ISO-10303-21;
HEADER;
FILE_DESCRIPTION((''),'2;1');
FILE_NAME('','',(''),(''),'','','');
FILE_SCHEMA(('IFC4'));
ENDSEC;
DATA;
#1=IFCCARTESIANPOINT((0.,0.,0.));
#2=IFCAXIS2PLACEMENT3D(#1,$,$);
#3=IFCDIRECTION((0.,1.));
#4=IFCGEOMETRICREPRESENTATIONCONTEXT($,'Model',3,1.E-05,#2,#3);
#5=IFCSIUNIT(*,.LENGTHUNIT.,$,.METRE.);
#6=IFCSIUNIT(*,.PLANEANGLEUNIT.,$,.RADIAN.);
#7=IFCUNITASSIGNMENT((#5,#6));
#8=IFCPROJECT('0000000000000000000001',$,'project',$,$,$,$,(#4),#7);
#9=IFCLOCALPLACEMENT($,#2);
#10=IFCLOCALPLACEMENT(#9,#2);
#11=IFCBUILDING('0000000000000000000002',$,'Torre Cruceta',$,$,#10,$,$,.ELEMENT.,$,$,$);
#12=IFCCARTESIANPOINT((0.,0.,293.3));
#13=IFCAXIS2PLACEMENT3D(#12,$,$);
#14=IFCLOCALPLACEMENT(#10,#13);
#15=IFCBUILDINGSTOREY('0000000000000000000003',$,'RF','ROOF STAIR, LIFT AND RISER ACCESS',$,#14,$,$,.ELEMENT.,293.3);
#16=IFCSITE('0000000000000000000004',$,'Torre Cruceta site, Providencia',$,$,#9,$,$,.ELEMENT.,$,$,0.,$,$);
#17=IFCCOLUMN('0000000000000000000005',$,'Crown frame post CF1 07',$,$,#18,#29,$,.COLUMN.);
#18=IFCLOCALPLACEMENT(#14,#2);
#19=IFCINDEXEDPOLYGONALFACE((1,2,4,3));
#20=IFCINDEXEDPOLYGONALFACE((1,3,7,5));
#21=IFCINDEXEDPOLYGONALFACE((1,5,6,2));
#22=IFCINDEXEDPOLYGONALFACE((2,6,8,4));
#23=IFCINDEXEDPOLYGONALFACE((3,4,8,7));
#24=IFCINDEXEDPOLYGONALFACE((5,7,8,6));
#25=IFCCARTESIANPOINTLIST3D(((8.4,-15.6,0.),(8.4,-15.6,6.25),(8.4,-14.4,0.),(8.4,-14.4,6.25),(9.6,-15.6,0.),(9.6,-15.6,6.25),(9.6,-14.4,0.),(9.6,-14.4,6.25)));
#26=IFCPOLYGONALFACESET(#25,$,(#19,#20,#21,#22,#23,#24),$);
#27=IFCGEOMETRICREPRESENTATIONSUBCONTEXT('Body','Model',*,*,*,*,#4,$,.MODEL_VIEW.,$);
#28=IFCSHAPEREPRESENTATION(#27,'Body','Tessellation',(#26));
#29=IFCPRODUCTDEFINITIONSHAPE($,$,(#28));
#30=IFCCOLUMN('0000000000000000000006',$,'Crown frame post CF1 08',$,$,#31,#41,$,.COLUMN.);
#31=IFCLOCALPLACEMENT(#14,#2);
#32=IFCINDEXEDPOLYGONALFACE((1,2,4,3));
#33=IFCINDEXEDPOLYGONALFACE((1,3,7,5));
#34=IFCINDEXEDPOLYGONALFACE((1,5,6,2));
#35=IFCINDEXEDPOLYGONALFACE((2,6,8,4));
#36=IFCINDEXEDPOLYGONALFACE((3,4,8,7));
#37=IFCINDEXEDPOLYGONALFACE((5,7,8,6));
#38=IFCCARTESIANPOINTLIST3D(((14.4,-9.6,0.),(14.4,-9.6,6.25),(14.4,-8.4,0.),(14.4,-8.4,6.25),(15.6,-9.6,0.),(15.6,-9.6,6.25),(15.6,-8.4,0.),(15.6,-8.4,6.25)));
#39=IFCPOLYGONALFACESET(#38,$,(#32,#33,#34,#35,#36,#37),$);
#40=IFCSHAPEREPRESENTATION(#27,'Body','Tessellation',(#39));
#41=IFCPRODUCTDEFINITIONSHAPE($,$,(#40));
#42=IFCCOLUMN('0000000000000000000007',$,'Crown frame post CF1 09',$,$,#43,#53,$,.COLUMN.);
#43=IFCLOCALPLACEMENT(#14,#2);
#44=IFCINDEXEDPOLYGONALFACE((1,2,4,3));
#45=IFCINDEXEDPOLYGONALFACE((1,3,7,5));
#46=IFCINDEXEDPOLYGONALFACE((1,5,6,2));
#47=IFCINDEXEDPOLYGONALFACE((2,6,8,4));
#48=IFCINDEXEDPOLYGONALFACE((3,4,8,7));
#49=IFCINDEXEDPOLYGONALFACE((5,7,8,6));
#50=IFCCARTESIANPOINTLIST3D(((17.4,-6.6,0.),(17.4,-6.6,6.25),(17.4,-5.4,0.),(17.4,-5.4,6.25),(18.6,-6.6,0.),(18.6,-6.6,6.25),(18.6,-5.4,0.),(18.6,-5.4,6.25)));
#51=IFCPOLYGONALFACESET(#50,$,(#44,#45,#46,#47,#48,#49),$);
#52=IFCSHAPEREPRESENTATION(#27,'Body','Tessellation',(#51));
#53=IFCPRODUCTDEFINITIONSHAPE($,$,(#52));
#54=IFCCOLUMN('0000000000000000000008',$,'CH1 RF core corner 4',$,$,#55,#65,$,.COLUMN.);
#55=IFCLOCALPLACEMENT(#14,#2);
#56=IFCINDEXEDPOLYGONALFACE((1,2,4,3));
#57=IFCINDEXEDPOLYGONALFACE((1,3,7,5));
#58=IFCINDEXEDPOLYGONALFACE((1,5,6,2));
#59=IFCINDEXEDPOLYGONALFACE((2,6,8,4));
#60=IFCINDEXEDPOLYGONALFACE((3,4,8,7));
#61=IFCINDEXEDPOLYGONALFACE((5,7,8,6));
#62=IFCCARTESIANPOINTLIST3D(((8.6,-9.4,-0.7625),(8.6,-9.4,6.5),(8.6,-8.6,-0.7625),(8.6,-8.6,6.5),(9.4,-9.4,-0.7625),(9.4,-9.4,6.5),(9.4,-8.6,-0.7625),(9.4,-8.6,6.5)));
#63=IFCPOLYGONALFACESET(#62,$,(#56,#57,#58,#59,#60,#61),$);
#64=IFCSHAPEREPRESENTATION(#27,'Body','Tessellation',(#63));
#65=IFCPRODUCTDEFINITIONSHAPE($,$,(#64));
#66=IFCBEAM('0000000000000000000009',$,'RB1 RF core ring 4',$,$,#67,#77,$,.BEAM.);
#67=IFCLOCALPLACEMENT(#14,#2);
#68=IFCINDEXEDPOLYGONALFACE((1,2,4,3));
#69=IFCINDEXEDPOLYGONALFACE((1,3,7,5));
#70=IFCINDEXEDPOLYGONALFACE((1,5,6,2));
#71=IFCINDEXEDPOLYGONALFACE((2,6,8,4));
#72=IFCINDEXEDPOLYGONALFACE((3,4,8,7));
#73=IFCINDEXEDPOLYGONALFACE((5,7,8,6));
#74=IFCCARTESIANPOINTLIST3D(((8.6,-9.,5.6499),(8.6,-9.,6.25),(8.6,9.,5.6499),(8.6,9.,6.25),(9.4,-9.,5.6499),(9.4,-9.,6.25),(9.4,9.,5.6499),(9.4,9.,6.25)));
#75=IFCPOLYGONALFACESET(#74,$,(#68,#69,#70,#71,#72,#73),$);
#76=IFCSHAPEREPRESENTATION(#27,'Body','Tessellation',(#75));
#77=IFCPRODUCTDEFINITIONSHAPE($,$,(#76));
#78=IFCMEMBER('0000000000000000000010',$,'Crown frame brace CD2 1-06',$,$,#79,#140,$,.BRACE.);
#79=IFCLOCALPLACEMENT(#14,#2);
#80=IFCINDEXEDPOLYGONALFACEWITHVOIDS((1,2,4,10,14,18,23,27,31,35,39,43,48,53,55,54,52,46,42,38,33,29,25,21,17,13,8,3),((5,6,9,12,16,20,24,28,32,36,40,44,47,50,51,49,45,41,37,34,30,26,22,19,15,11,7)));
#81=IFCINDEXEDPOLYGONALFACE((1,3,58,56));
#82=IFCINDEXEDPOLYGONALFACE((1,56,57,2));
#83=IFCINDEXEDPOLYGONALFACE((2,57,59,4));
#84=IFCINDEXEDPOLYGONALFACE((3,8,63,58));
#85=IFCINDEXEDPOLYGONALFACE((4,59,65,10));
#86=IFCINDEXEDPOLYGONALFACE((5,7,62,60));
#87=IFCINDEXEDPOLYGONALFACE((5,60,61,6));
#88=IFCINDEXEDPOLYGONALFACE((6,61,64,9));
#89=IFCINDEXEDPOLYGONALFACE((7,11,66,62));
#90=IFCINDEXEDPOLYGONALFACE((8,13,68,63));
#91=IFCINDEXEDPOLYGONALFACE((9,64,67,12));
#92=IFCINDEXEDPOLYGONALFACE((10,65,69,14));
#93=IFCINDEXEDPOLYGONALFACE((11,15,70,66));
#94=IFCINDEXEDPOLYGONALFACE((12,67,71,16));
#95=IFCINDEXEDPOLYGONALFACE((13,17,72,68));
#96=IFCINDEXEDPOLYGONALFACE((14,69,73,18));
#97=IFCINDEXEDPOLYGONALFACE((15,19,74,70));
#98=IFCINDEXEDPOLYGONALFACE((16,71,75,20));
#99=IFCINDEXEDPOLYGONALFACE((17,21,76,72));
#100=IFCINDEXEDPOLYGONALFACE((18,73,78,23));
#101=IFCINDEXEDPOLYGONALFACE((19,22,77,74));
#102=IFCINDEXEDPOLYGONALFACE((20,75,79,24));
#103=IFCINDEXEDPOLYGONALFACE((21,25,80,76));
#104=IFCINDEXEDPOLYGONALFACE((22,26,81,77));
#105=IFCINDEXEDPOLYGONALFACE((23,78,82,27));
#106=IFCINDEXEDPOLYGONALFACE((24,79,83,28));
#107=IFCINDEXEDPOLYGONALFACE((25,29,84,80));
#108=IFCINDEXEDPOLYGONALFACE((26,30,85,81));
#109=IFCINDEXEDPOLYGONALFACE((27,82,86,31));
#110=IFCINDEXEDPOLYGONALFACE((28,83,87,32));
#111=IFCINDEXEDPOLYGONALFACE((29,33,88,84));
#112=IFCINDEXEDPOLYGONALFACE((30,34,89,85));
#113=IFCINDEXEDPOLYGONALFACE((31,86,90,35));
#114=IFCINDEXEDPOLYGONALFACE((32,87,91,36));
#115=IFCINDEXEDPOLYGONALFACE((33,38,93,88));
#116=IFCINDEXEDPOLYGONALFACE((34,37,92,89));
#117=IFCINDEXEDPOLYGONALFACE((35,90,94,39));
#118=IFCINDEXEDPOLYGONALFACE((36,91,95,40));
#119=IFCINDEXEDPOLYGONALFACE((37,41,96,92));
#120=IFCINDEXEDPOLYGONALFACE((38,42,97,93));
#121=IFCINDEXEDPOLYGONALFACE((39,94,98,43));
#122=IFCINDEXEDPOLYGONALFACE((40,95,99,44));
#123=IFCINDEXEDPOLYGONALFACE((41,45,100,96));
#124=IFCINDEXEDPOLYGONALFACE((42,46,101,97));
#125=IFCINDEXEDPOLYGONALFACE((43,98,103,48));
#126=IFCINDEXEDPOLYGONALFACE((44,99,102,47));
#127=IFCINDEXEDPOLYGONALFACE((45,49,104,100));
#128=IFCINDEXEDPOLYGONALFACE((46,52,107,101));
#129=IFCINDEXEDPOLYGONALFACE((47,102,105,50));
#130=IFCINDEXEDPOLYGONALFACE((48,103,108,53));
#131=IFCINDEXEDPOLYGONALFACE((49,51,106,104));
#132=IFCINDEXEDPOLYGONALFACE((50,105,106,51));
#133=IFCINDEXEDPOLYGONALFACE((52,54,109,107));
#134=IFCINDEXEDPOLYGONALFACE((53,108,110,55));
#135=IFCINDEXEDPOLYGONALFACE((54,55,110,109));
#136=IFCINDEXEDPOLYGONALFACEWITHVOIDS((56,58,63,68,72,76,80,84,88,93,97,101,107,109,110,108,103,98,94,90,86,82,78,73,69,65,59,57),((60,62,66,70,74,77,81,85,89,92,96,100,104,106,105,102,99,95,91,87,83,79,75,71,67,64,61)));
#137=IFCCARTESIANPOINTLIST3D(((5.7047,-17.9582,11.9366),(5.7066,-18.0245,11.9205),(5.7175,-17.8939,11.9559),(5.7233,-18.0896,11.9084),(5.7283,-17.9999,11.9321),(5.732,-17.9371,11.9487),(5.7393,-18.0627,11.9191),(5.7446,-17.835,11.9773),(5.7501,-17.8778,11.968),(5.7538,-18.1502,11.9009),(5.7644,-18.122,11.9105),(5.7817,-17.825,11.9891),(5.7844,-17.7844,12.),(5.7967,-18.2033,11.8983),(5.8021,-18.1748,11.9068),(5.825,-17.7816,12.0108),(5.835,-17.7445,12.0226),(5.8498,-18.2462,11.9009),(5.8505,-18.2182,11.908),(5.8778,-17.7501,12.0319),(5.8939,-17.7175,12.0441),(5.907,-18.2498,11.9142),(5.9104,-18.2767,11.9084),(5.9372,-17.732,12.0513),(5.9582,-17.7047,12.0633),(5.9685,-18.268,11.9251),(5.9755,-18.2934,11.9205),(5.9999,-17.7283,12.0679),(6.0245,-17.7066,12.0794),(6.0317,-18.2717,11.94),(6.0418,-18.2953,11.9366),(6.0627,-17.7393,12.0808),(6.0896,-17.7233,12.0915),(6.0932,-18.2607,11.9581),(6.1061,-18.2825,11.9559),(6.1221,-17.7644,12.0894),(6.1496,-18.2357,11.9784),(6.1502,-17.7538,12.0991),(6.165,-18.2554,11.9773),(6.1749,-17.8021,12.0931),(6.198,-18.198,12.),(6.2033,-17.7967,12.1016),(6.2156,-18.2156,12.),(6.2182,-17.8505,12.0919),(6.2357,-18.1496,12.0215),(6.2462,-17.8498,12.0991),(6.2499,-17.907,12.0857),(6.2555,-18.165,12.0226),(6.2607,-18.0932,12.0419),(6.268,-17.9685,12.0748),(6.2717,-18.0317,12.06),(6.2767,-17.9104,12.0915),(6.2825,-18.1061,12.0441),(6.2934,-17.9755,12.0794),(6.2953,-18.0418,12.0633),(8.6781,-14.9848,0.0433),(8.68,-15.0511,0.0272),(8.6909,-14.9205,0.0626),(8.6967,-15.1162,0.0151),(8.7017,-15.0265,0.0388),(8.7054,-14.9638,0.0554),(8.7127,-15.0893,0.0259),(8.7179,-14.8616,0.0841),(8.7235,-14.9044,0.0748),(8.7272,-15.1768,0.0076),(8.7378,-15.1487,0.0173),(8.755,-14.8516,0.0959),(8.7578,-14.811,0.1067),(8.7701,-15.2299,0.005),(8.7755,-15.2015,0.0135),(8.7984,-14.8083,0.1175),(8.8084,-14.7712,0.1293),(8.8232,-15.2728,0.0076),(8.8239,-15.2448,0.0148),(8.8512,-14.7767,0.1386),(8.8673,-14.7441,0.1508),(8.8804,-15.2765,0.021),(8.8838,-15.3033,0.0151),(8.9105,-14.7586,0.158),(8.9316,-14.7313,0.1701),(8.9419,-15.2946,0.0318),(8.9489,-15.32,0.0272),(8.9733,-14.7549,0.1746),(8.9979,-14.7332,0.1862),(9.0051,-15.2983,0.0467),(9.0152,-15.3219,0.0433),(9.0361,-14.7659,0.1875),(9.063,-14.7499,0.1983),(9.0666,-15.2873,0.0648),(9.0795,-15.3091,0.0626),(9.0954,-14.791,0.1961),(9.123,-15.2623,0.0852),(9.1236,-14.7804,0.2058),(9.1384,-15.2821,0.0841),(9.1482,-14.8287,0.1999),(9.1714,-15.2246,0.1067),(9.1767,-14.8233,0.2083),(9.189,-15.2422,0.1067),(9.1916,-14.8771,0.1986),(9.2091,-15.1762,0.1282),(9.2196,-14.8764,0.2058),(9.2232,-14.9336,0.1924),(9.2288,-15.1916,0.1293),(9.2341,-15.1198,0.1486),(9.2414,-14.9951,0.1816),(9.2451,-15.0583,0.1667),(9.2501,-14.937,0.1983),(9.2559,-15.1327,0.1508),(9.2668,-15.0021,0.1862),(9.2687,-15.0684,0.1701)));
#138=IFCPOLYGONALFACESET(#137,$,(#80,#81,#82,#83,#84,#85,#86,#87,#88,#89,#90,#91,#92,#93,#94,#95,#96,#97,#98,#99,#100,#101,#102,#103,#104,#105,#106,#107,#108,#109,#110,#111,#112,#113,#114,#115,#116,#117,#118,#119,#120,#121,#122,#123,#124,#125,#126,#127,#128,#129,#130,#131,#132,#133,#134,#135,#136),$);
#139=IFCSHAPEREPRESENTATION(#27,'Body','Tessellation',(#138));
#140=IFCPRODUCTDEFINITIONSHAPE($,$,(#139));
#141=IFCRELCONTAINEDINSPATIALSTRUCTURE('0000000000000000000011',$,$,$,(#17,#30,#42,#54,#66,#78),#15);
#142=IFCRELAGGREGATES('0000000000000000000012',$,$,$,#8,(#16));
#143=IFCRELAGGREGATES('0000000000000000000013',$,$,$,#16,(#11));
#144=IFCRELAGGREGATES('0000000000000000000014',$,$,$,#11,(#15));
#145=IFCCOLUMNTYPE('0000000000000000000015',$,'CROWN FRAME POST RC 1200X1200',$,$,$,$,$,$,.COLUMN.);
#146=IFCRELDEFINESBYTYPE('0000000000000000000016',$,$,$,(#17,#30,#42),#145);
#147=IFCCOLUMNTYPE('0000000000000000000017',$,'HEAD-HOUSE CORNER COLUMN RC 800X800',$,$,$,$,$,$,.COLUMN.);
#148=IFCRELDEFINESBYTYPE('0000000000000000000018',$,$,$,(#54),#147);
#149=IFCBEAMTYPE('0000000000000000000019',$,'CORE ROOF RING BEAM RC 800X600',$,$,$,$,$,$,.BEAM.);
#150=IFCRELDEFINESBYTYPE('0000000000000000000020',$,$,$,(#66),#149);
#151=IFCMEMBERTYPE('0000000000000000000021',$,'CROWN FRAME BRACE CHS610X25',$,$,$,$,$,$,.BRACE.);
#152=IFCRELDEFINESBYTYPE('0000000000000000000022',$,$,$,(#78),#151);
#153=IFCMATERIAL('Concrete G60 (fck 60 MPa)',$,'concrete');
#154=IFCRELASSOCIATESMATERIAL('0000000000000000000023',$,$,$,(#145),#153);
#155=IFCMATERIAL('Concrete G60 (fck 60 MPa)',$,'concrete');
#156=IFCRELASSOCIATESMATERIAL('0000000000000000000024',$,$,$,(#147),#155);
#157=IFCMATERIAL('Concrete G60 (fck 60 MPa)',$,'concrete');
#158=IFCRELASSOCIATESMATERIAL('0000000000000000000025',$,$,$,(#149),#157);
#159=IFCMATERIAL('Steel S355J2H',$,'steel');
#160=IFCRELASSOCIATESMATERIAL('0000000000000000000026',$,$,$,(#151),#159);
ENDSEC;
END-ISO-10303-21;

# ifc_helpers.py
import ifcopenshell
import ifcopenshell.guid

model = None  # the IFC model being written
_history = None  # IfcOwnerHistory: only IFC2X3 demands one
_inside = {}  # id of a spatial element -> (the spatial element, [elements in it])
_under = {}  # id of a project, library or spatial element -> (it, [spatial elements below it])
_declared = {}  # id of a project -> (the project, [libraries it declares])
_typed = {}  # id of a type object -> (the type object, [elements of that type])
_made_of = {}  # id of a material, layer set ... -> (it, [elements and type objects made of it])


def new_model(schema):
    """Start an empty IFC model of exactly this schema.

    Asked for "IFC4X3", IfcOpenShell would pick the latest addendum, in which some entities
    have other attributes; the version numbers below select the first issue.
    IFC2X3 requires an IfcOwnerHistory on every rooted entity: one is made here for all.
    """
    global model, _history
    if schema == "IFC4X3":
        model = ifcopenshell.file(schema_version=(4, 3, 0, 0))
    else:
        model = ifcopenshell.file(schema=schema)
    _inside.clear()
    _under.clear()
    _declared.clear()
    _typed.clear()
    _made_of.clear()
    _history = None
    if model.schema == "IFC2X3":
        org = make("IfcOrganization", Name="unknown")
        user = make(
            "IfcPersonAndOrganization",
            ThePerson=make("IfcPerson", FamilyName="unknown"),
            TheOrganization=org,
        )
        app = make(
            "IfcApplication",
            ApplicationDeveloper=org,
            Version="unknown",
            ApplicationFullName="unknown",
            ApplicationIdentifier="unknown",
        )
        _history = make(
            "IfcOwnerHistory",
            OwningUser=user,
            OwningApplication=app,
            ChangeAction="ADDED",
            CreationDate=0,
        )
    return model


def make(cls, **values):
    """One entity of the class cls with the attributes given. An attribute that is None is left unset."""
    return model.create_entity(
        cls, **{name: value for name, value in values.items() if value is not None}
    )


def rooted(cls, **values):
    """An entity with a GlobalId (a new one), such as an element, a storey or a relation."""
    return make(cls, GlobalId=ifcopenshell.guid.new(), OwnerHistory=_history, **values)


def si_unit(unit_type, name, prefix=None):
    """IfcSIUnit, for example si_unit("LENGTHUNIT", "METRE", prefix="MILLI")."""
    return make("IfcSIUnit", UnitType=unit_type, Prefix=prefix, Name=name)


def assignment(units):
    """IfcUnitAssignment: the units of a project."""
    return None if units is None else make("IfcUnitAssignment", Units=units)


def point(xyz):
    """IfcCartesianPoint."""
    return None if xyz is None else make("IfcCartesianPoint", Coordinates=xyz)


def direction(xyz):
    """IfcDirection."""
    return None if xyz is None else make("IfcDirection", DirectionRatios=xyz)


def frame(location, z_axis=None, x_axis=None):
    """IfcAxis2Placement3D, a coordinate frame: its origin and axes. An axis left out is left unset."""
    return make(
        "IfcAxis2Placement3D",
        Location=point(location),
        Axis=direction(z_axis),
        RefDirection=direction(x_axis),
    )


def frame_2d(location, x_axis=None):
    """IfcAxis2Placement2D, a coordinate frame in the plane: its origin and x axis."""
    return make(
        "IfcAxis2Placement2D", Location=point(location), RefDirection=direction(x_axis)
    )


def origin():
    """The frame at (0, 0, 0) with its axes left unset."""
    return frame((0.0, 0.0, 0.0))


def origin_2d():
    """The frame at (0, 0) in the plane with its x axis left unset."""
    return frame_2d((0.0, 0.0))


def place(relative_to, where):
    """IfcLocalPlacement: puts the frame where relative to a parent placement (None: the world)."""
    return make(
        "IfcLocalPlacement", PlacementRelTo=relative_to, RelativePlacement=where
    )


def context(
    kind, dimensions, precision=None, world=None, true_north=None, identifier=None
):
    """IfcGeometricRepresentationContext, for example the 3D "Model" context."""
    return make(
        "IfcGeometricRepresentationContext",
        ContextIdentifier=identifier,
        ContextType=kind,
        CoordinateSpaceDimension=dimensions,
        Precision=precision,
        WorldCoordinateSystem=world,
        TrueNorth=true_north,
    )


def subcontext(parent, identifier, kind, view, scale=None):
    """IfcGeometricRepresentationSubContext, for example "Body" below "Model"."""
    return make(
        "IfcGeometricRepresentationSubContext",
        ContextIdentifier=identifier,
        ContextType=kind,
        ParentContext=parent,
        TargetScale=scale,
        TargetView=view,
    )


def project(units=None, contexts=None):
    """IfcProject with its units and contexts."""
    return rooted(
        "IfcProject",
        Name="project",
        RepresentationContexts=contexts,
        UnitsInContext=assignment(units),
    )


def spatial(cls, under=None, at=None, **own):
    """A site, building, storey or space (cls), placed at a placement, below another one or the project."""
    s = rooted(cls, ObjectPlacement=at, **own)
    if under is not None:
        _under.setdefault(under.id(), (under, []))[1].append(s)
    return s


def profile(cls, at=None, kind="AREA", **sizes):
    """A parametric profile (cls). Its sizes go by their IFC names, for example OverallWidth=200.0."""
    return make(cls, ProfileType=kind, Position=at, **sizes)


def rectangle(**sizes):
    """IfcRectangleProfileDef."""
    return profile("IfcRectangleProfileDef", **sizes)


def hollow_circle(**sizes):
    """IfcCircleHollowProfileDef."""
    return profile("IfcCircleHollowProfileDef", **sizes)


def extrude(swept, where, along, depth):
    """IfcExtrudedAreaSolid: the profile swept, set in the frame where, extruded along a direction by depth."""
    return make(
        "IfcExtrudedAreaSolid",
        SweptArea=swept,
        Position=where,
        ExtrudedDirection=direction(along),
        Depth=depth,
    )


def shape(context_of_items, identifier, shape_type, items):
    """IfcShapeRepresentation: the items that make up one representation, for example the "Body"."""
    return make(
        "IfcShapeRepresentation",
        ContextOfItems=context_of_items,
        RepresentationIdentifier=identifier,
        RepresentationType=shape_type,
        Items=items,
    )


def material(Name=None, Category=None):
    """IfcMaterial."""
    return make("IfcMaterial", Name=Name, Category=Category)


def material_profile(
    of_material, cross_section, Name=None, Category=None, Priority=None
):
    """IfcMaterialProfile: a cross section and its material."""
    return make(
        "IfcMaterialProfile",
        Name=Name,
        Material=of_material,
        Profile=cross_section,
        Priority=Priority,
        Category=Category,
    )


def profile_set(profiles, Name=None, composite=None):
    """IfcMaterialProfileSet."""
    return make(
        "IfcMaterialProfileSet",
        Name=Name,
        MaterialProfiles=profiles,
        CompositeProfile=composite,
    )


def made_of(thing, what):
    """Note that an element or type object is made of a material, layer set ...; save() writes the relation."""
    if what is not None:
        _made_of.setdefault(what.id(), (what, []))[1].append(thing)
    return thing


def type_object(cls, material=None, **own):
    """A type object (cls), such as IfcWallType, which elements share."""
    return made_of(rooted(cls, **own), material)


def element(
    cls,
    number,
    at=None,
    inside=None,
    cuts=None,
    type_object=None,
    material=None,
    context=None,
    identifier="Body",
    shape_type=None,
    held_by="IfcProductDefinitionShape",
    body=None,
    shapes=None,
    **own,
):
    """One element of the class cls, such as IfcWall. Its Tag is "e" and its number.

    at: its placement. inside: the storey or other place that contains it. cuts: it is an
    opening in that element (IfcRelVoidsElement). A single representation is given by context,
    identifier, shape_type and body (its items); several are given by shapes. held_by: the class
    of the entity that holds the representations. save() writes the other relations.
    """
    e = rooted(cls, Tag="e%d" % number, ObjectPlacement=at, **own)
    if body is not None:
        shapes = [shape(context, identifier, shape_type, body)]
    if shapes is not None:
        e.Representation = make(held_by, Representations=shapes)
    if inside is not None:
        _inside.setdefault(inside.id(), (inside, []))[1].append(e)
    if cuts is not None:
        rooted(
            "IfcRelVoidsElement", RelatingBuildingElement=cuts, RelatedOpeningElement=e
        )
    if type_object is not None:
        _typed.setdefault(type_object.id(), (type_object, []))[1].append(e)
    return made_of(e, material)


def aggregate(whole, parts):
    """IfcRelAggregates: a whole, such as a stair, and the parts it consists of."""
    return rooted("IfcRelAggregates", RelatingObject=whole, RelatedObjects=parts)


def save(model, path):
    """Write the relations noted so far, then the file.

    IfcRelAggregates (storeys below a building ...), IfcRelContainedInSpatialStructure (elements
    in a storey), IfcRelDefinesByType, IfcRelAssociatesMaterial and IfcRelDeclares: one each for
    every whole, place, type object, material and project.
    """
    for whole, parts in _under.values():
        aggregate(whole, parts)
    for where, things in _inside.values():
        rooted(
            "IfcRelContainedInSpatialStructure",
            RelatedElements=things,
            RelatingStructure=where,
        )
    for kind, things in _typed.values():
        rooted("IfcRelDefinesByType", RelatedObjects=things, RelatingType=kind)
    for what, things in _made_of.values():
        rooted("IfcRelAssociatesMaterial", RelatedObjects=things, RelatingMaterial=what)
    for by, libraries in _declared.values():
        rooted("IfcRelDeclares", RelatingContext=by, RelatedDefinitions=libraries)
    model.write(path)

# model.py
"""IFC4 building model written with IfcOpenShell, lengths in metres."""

from ifc_helpers import new_model, si_unit, direction, frame, origin, origin_2d, place, context, subcontext, project, spatial, rectangle, hollow_circle, extrude, material, material_profile, profile_set, type_object, element, save


model = new_model("IFC4")

# Units and contexts
model_context = context("Model", 3, precision=1e-05, world=origin(), true_north=direction((0.0, 1.0)))
body_context = subcontext(model_context, "Body", "Model", "MODEL_VIEW")
ifc_project = project(units=[si_unit("LENGTHUNIT", "METRE"), si_unit("PLANEANGLEUNIT", "RADIAN")], contexts=[model_context])

# Site, building, storey
site_placement = place(None, origin())
site = spatial("IfcSite", under=ifc_project, at=site_placement, Name="Torre Cruceta site, Providencia", CompositionType="ELEMENT", RefElevation=0.0)
building_placement = place(site_placement, origin())
building = spatial("IfcBuilding", under=site, at=building_placement, Name="Torre Cruceta", CompositionType="ELEMENT")
storey_placement = place(building_placement, frame((0.0, 0.0, 293.3)))
storey = spatial("IfcBuildingStorey", under=building, at=storey_placement, Name="RF", Description="ROOF STAIR, LIFT AND RISER ACCESS", CompositionType="ELEMENT", Elevation=293.3)

# Columns
ifc_material_1 = material(Name="Concrete G60 (fck 60 MPa)", Category="concrete")
ifc_material_profile_1 = material_profile(ifc_material_1, rectangle(XDim=1.2, YDim=1.2, at=origin_2d()), Name="RC 1200X1200")
ifc_profile_set_1 = profile_set([ifc_material_profile_1], Name="Concrete G60 (fck 60 MPa)")
column_type_1 = type_object("IfcColumnType", Name="CROWN FRAME POST RC 1200X1200", PredefinedType="COLUMN", material=ifc_profile_set_1)
for number, where, z_axis, x_axis, name in (
    (1, (9.0, -15.0, 0.0), (0.0, 0.0, 1.0), (1.0, 0.0, 0.0), "Crown frame post CF1 07"),
    (2, (15.0, -9.0, 0.0), (0.0, 0.0, 1.0), (1.0, 0.0, 0.0), "Crown frame post CF1 08"),
    (3, (18.0, -6.0, 0.0), (0.0, 0.0, 1.0), (1.0, 0.0, 0.0), "Crown frame post CF1 09"),
):
    element("IfcColumn", number, at=place(storey_placement, frame(where, z_axis=z_axis, x_axis=x_axis)), inside=storey, type_object=column_type_1, Name=name, PredefinedType="COLUMN", context=body_context, shape_type="SweptSolid", body=[
        extrude(rectangle(XDim=1.2, YDim=1.2, at=origin_2d()), origin(), (0.0, 0.0, 1.0), 6.25),
    ])
ifc_material_2 = material(Name="Concrete G60 (fck 60 MPa)", Category="concrete")
ifc_material_profile_2 = material_profile(ifc_material_2, rectangle(XDim=0.8, YDim=0.8, at=origin_2d()), Name="RC 800X800")
ifc_profile_set_2 = profile_set([ifc_material_profile_2], Name="Concrete G60 (fck 60 MPa)")
column_type_2 = type_object("IfcColumnType", Name="HEAD-HOUSE CORNER COLUMN RC 800X800", PredefinedType="COLUMN", material=ifc_profile_set_2)
column_placement = place(storey_placement, frame((9.0, -9.0, -0.7625), z_axis=(0.0, 0.0, 1.0), x_axis=(1.0, 0.0, 0.0)))
element("IfcColumn", 4, at=column_placement, inside=storey, type_object=column_type_2, Name="CH1 RF core corner 4", PredefinedType="COLUMN", context=body_context, shape_type="SweptSolid", body=[
    extrude(rectangle(XDim=0.8, YDim=0.8, at=origin_2d()), origin(), (0.0, 0.0, 1.0), 7.2625),
])

# Beam
ifc_material_3 = material(Name="Concrete G60 (fck 60 MPa)", Category="concrete")
ifc_material_profile_3 = material_profile(ifc_material_3, rectangle(XDim=0.8, YDim=0.6001, at=origin_2d()), Name="RC 800X600")
ifc_profile_set_3 = profile_set([ifc_material_profile_3], Name="Concrete G60 (fck 60 MPa)")
beam_type_1 = type_object("IfcBeamType", Name="CORE ROOF RING BEAM RC 800X600", PredefinedType="BEAM", material=ifc_profile_set_3)
beam_1_placement = place(storey_placement, frame((9.0, -9.0, 5.95), z_axis=(0.0, 1.0, 0.0), x_axis=(-1.0, 0.0, 0.0)))
element("IfcBeam", 5, at=beam_1_placement, inside=storey, type_object=beam_type_1, Name="RB1 RF core ring 4", PredefinedType="BEAM", context=body_context, shape_type="SweptSolid", body=[
    extrude(rectangle(XDim=0.8, YDim=0.6001, at=origin_2d()), origin(), (0.0, 0.0, 1.0), 18.0),
])

# Member
ifc_material_4 = material(Name="Steel S355J2H", Category="steel")
ifc_material_profile_4 = material_profile(ifc_material_4, hollow_circle(Radius=0.3049, WallThickness=0.0249, at=origin_2d()), Name="CHS610X25")
ifc_profile_set_4 = profile_set([ifc_material_profile_4], Name="Steel S355J2H")
member_type_1 = type_object("IfcMemberType", Name="CROWN FRAME BRACE CHS610X25", PredefinedType="BRACE", material=ifc_profile_set_4)
member_1_placement = place(storey_placement, frame((8.9734, -15.0266, 0.1067), z_axis=(-0.235707, -0.235707, 0.942807), x_axis=(0.707107, -0.707107, 0.0)))
element("IfcMember", 6, at=member_1_placement, inside=storey, type_object=member_type_1, Name="Crown frame brace CD2 1-06", PredefinedType="BRACE", context=body_context, shape_type="SweptSolid", body=[
    extrude(hollow_circle(Radius=0.3049, WallThickness=0.0249, at=origin_2d()), origin(), (0.0, 0.0, 1.0), 12.6147),
])

save(model, "model.ifc")
